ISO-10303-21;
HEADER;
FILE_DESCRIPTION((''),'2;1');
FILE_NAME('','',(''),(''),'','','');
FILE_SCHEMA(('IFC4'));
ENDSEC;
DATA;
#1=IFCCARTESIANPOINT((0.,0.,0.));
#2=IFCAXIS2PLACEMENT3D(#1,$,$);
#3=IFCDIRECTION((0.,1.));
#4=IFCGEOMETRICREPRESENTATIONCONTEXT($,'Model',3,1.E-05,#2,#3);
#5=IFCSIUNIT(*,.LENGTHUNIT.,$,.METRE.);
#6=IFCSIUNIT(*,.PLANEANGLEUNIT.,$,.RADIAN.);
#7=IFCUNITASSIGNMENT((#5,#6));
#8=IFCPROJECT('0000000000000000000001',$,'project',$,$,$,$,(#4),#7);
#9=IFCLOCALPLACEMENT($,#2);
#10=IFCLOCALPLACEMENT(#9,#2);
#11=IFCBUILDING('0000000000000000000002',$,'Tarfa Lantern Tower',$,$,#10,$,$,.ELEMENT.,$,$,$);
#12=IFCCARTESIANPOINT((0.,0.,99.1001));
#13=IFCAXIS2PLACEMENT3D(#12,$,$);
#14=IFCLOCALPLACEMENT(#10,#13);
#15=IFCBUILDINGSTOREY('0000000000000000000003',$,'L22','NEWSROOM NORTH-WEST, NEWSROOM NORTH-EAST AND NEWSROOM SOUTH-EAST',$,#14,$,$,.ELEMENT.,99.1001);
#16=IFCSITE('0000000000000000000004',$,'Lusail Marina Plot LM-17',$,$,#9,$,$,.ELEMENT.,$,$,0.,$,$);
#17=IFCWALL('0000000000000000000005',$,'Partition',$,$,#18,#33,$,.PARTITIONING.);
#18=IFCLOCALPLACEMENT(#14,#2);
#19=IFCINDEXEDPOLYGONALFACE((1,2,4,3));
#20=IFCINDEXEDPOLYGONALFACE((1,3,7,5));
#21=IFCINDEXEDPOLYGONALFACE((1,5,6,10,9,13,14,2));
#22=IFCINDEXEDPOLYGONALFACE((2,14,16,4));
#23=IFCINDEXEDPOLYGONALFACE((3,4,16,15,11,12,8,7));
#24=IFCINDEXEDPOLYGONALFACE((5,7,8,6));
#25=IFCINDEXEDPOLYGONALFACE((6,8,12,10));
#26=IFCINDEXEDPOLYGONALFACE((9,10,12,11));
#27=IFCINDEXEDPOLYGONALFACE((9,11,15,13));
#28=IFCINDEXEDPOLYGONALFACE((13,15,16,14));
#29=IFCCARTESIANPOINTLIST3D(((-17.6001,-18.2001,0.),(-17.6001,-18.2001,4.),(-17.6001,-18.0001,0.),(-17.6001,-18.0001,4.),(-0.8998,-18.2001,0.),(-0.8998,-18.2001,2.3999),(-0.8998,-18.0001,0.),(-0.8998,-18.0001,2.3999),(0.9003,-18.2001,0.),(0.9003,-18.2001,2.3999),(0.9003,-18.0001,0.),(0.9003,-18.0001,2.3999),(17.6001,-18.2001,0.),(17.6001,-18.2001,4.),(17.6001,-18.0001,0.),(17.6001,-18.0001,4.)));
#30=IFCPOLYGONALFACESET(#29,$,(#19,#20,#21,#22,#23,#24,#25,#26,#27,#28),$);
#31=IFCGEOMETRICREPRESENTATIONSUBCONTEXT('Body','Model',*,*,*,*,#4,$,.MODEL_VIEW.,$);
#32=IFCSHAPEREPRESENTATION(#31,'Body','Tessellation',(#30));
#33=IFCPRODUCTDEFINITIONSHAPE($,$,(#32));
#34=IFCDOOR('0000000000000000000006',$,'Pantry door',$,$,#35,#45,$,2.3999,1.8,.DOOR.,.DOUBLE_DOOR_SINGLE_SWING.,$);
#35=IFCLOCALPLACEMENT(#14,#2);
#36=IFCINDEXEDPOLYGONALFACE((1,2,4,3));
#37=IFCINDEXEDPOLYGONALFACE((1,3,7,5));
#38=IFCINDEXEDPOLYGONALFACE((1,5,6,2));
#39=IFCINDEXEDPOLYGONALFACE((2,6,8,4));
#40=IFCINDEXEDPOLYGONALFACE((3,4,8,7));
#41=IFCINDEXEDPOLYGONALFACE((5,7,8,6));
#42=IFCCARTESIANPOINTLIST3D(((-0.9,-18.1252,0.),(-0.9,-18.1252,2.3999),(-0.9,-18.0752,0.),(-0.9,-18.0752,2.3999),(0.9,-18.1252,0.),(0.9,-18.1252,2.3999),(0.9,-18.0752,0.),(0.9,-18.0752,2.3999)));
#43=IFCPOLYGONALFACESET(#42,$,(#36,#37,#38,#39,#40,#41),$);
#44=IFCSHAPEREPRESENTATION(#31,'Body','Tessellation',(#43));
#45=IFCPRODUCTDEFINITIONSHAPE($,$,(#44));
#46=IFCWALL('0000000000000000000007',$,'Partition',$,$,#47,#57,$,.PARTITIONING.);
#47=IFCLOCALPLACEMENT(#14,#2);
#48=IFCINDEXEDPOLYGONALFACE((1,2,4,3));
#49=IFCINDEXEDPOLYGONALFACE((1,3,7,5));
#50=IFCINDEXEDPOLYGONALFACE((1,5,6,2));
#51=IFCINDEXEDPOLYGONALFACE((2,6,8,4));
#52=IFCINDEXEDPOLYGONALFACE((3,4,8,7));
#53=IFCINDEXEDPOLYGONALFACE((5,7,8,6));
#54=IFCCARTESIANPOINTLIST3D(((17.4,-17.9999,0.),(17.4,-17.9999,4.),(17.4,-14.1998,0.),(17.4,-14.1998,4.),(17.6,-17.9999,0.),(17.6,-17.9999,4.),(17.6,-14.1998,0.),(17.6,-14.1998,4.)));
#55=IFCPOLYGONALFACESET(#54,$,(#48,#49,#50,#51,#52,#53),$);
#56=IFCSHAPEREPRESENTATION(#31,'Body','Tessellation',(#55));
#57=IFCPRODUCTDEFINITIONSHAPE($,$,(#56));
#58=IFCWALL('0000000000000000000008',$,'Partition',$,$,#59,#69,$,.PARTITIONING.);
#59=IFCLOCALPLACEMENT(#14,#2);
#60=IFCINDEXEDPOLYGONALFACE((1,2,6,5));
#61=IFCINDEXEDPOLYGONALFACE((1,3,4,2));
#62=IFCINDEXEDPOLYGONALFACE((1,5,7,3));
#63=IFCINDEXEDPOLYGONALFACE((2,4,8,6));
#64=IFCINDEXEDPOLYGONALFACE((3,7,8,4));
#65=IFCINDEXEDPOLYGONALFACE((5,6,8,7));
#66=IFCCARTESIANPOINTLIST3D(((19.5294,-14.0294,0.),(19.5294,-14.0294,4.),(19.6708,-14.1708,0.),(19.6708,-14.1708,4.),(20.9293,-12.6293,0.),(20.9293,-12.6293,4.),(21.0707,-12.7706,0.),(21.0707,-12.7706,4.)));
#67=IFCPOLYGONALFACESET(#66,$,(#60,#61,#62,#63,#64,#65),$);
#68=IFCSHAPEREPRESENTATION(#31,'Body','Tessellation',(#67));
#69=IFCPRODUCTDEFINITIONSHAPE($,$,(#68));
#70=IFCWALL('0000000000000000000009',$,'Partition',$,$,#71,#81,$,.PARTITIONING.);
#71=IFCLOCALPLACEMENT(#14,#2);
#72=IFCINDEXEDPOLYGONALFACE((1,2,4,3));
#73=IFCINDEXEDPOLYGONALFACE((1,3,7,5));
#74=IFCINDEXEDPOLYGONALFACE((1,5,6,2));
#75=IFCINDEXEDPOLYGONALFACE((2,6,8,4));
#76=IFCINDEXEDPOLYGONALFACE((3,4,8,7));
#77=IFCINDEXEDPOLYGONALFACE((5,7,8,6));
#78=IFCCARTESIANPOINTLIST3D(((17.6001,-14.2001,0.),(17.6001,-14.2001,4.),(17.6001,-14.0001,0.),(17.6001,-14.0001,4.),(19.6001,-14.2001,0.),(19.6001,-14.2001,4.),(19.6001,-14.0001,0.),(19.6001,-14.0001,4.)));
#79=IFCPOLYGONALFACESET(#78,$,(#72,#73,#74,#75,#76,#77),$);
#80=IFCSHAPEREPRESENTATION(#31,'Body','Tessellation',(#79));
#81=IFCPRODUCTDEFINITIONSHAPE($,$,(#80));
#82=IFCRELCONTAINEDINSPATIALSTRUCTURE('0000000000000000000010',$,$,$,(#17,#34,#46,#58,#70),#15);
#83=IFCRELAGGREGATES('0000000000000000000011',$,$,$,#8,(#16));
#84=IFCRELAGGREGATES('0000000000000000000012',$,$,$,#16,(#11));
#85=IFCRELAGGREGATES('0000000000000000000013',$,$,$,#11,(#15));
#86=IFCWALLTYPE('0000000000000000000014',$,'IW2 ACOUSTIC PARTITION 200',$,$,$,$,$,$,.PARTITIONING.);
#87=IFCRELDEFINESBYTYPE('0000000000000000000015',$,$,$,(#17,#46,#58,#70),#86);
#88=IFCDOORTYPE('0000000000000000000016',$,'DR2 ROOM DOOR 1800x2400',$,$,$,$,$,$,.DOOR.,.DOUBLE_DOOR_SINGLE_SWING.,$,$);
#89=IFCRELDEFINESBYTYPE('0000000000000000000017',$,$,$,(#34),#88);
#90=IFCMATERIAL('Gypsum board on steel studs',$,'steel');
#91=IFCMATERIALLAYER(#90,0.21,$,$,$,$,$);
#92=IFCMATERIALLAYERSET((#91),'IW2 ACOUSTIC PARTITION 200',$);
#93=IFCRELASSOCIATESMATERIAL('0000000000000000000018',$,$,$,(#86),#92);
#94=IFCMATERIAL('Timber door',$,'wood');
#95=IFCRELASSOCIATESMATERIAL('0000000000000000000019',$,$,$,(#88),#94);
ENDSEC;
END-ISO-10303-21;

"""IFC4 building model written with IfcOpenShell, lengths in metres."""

from ifc_helpers import new_model, si_unit, direction, frame, frame_2d, origin, place, context, subcontext, project, spatial, rectangle, extrude, material, layer, layer_set, type_object, element, fill, save


model = new_model("IFC4")

# Units and contexts
model_context = context("Model", 3, precision=1e-05, world=origin(), true_north=direction((0.0, 1.0)))
body_context = subcontext(model_context, "Body", "Model", "MODEL_VIEW")
ifc_project = project(units=[si_unit("LENGTHUNIT", "METRE"), si_unit("PLANEANGLEUNIT", "RADIAN")], contexts=[model_context])

# Site, building, storey
site_placement = place(None, origin())
site = spatial("IfcSite", under=ifc_project, at=site_placement, Name="Lusail Marina Plot LM-17", CompositionType="ELEMENT", RefElevation=0.0)
building_placement = place(site_placement, origin())
building = spatial("IfcBuilding", under=site, at=building_placement, Name="Tarfa Lantern Tower", CompositionType="ELEMENT")
storey_placement = place(building_placement, frame((0.0, 0.0, 99.1001)))
storey = spatial("IfcBuildingStorey", under=building, at=storey_placement, Name="L22", Description="NEWSROOM NORTH-WEST, NEWSROOM NORTH-EAST AND NEWSROOM SOUTH-EAST", CompositionType="ELEMENT", Elevation=99.1001)

# Shared definitions
ifc_material_1 = material(Name="Gypsum board on steel studs", Category="steel")
ifc_layer_1 = layer(ifc_material_1, 0.21)
ifc_layer_set_1 = layer_set([ifc_layer_1], Name="IW2 ACOUSTIC PARTITION 200")
wall_type_1 = type_object("IfcWallType", Name="IW2 ACOUSTIC PARTITION 200", PredefinedType="PARTITIONING", material=ifc_layer_set_1)

# Wall, opening, door
wall_1_placement = place(storey_placement, frame((17.6001, -18.1001, 0.0), z_axis=(0.0, 0.0, 1.0), x_axis=(-1.0, 0.0, 0.0)))
wall_1 = element("IfcWall", 1, at=wall_1_placement, inside=storey, type_object=wall_type_1, Name="Partition", PredefinedType="PARTITIONING", context=body_context, shape_type="SweptSolid", body=[
    extrude(rectangle(XDim=35.2002, YDim=0.2, at=frame_2d((17.6001, 0.0))), origin(), (0.0, 0.0, 1.0), 4.0),
])
opening_1_placement = place(wall_1_placement, frame((16.7, 0.0, 0.0)))
opening_1 = element("IfcOpeningElement", 2, at=opening_1_placement, cuts=wall_1, PredefinedType="OPENING", context=body_context, shape_type="SweptSolid", body=[
    extrude(rectangle(XDim=1.8, YDim=2.3999, at=frame_2d((0.8999, 1.2))), frame((0.0, 0.1099, 0.0), z_axis=(0.0, -1.0, 0.0), x_axis=(1.0, 0.0, 0.0)), (0.0, 0.0, 1.0), 0.22),
])
ifc_material_2 = material(Name="Timber door", Category="wood")
door_type_1 = type_object("IfcDoorType", Name="DR2 ROOM DOOR 1800x2400", OperationType="DOUBLE_DOOR_SINGLE_SWING", PredefinedType="DOOR", material=ifc_material_2)
door_1_placement = place(opening_1_placement, frame((1.8, 0.0, 0.0), z_axis=(0.0, 0.0, 1.0), x_axis=(-1.0, 0.0, 0.0)))
door_1 = element("IfcDoor", 3, at=door_1_placement, inside=storey, type_object=door_type_1, Name="Pantry door", OperationType="DOUBLE_DOOR_SINGLE_SWING", OverallHeight=2.3999, OverallWidth=1.8, PredefinedType="DOOR", context=body_context, shape_type="SweptSolid", body=[
    extrude(rectangle(XDim=1.8, YDim=2.3999, at=frame_2d((0.8999, 1.2))), frame((0.0, 0.0249, 0.0), z_axis=(0.0, -1.0, 0.0), x_axis=(1.0, 0.0, 0.0)), (0.0, 0.0, 1.0), 0.05),
])
fill(opening_1, door_1)

# Walls
wall_2_placement = place(storey_placement, frame((17.5, -14.2, 0.0), z_axis=(0.0, 0.0, 1.0), x_axis=(0.0, -1.0, 0.0)))
element("IfcWall", 4, at=wall_2_placement, inside=storey, type_object=wall_type_1, Name="Partition", PredefinedType="PARTITIONING", context=body_context, shape_type="SweptSolid", body=[
    extrude(rectangle(XDim=3.8, YDim=0.2, at=frame_2d((1.8999, 0.0))), origin(), (0.0, 0.0, 1.0), 4.0),
])
wall_3_placement = place(storey_placement, frame((21.0, -12.7, 0.0), z_axis=(0.0, 0.0, 1.0), x_axis=(-0.707045, -0.707168, 0.0)))
element("IfcWall", 5, at=wall_3_placement, inside=storey, type_object=wall_type_1, Name="Partition", PredefinedType="PARTITIONING", context=body_context, shape_type="SweptSolid", body=[
    extrude(rectangle(XDim=1.98, YDim=0.2, at=frame_2d((0.99, 0.0))), origin(), (0.0, 0.0, 1.0), 4.0),
])
wall_4_placement = place(storey_placement, frame((19.6001, -14.1001, 0.0), z_axis=(0.0, 0.0, 1.0), x_axis=(-1.0, 0.0, 0.0)))
element("IfcWall", 6, at=wall_4_placement, inside=storey, type_object=wall_type_1, Name="Partition", PredefinedType="PARTITIONING", context=body_context, shape_type="SweptSolid", body=[
    extrude(rectangle(XDim=2.0, YDim=0.2, at=frame_2d((1.0, 0.0))), origin(), (0.0, 0.0, 1.0), 4.0),
])

save(model, "model.ifc")
